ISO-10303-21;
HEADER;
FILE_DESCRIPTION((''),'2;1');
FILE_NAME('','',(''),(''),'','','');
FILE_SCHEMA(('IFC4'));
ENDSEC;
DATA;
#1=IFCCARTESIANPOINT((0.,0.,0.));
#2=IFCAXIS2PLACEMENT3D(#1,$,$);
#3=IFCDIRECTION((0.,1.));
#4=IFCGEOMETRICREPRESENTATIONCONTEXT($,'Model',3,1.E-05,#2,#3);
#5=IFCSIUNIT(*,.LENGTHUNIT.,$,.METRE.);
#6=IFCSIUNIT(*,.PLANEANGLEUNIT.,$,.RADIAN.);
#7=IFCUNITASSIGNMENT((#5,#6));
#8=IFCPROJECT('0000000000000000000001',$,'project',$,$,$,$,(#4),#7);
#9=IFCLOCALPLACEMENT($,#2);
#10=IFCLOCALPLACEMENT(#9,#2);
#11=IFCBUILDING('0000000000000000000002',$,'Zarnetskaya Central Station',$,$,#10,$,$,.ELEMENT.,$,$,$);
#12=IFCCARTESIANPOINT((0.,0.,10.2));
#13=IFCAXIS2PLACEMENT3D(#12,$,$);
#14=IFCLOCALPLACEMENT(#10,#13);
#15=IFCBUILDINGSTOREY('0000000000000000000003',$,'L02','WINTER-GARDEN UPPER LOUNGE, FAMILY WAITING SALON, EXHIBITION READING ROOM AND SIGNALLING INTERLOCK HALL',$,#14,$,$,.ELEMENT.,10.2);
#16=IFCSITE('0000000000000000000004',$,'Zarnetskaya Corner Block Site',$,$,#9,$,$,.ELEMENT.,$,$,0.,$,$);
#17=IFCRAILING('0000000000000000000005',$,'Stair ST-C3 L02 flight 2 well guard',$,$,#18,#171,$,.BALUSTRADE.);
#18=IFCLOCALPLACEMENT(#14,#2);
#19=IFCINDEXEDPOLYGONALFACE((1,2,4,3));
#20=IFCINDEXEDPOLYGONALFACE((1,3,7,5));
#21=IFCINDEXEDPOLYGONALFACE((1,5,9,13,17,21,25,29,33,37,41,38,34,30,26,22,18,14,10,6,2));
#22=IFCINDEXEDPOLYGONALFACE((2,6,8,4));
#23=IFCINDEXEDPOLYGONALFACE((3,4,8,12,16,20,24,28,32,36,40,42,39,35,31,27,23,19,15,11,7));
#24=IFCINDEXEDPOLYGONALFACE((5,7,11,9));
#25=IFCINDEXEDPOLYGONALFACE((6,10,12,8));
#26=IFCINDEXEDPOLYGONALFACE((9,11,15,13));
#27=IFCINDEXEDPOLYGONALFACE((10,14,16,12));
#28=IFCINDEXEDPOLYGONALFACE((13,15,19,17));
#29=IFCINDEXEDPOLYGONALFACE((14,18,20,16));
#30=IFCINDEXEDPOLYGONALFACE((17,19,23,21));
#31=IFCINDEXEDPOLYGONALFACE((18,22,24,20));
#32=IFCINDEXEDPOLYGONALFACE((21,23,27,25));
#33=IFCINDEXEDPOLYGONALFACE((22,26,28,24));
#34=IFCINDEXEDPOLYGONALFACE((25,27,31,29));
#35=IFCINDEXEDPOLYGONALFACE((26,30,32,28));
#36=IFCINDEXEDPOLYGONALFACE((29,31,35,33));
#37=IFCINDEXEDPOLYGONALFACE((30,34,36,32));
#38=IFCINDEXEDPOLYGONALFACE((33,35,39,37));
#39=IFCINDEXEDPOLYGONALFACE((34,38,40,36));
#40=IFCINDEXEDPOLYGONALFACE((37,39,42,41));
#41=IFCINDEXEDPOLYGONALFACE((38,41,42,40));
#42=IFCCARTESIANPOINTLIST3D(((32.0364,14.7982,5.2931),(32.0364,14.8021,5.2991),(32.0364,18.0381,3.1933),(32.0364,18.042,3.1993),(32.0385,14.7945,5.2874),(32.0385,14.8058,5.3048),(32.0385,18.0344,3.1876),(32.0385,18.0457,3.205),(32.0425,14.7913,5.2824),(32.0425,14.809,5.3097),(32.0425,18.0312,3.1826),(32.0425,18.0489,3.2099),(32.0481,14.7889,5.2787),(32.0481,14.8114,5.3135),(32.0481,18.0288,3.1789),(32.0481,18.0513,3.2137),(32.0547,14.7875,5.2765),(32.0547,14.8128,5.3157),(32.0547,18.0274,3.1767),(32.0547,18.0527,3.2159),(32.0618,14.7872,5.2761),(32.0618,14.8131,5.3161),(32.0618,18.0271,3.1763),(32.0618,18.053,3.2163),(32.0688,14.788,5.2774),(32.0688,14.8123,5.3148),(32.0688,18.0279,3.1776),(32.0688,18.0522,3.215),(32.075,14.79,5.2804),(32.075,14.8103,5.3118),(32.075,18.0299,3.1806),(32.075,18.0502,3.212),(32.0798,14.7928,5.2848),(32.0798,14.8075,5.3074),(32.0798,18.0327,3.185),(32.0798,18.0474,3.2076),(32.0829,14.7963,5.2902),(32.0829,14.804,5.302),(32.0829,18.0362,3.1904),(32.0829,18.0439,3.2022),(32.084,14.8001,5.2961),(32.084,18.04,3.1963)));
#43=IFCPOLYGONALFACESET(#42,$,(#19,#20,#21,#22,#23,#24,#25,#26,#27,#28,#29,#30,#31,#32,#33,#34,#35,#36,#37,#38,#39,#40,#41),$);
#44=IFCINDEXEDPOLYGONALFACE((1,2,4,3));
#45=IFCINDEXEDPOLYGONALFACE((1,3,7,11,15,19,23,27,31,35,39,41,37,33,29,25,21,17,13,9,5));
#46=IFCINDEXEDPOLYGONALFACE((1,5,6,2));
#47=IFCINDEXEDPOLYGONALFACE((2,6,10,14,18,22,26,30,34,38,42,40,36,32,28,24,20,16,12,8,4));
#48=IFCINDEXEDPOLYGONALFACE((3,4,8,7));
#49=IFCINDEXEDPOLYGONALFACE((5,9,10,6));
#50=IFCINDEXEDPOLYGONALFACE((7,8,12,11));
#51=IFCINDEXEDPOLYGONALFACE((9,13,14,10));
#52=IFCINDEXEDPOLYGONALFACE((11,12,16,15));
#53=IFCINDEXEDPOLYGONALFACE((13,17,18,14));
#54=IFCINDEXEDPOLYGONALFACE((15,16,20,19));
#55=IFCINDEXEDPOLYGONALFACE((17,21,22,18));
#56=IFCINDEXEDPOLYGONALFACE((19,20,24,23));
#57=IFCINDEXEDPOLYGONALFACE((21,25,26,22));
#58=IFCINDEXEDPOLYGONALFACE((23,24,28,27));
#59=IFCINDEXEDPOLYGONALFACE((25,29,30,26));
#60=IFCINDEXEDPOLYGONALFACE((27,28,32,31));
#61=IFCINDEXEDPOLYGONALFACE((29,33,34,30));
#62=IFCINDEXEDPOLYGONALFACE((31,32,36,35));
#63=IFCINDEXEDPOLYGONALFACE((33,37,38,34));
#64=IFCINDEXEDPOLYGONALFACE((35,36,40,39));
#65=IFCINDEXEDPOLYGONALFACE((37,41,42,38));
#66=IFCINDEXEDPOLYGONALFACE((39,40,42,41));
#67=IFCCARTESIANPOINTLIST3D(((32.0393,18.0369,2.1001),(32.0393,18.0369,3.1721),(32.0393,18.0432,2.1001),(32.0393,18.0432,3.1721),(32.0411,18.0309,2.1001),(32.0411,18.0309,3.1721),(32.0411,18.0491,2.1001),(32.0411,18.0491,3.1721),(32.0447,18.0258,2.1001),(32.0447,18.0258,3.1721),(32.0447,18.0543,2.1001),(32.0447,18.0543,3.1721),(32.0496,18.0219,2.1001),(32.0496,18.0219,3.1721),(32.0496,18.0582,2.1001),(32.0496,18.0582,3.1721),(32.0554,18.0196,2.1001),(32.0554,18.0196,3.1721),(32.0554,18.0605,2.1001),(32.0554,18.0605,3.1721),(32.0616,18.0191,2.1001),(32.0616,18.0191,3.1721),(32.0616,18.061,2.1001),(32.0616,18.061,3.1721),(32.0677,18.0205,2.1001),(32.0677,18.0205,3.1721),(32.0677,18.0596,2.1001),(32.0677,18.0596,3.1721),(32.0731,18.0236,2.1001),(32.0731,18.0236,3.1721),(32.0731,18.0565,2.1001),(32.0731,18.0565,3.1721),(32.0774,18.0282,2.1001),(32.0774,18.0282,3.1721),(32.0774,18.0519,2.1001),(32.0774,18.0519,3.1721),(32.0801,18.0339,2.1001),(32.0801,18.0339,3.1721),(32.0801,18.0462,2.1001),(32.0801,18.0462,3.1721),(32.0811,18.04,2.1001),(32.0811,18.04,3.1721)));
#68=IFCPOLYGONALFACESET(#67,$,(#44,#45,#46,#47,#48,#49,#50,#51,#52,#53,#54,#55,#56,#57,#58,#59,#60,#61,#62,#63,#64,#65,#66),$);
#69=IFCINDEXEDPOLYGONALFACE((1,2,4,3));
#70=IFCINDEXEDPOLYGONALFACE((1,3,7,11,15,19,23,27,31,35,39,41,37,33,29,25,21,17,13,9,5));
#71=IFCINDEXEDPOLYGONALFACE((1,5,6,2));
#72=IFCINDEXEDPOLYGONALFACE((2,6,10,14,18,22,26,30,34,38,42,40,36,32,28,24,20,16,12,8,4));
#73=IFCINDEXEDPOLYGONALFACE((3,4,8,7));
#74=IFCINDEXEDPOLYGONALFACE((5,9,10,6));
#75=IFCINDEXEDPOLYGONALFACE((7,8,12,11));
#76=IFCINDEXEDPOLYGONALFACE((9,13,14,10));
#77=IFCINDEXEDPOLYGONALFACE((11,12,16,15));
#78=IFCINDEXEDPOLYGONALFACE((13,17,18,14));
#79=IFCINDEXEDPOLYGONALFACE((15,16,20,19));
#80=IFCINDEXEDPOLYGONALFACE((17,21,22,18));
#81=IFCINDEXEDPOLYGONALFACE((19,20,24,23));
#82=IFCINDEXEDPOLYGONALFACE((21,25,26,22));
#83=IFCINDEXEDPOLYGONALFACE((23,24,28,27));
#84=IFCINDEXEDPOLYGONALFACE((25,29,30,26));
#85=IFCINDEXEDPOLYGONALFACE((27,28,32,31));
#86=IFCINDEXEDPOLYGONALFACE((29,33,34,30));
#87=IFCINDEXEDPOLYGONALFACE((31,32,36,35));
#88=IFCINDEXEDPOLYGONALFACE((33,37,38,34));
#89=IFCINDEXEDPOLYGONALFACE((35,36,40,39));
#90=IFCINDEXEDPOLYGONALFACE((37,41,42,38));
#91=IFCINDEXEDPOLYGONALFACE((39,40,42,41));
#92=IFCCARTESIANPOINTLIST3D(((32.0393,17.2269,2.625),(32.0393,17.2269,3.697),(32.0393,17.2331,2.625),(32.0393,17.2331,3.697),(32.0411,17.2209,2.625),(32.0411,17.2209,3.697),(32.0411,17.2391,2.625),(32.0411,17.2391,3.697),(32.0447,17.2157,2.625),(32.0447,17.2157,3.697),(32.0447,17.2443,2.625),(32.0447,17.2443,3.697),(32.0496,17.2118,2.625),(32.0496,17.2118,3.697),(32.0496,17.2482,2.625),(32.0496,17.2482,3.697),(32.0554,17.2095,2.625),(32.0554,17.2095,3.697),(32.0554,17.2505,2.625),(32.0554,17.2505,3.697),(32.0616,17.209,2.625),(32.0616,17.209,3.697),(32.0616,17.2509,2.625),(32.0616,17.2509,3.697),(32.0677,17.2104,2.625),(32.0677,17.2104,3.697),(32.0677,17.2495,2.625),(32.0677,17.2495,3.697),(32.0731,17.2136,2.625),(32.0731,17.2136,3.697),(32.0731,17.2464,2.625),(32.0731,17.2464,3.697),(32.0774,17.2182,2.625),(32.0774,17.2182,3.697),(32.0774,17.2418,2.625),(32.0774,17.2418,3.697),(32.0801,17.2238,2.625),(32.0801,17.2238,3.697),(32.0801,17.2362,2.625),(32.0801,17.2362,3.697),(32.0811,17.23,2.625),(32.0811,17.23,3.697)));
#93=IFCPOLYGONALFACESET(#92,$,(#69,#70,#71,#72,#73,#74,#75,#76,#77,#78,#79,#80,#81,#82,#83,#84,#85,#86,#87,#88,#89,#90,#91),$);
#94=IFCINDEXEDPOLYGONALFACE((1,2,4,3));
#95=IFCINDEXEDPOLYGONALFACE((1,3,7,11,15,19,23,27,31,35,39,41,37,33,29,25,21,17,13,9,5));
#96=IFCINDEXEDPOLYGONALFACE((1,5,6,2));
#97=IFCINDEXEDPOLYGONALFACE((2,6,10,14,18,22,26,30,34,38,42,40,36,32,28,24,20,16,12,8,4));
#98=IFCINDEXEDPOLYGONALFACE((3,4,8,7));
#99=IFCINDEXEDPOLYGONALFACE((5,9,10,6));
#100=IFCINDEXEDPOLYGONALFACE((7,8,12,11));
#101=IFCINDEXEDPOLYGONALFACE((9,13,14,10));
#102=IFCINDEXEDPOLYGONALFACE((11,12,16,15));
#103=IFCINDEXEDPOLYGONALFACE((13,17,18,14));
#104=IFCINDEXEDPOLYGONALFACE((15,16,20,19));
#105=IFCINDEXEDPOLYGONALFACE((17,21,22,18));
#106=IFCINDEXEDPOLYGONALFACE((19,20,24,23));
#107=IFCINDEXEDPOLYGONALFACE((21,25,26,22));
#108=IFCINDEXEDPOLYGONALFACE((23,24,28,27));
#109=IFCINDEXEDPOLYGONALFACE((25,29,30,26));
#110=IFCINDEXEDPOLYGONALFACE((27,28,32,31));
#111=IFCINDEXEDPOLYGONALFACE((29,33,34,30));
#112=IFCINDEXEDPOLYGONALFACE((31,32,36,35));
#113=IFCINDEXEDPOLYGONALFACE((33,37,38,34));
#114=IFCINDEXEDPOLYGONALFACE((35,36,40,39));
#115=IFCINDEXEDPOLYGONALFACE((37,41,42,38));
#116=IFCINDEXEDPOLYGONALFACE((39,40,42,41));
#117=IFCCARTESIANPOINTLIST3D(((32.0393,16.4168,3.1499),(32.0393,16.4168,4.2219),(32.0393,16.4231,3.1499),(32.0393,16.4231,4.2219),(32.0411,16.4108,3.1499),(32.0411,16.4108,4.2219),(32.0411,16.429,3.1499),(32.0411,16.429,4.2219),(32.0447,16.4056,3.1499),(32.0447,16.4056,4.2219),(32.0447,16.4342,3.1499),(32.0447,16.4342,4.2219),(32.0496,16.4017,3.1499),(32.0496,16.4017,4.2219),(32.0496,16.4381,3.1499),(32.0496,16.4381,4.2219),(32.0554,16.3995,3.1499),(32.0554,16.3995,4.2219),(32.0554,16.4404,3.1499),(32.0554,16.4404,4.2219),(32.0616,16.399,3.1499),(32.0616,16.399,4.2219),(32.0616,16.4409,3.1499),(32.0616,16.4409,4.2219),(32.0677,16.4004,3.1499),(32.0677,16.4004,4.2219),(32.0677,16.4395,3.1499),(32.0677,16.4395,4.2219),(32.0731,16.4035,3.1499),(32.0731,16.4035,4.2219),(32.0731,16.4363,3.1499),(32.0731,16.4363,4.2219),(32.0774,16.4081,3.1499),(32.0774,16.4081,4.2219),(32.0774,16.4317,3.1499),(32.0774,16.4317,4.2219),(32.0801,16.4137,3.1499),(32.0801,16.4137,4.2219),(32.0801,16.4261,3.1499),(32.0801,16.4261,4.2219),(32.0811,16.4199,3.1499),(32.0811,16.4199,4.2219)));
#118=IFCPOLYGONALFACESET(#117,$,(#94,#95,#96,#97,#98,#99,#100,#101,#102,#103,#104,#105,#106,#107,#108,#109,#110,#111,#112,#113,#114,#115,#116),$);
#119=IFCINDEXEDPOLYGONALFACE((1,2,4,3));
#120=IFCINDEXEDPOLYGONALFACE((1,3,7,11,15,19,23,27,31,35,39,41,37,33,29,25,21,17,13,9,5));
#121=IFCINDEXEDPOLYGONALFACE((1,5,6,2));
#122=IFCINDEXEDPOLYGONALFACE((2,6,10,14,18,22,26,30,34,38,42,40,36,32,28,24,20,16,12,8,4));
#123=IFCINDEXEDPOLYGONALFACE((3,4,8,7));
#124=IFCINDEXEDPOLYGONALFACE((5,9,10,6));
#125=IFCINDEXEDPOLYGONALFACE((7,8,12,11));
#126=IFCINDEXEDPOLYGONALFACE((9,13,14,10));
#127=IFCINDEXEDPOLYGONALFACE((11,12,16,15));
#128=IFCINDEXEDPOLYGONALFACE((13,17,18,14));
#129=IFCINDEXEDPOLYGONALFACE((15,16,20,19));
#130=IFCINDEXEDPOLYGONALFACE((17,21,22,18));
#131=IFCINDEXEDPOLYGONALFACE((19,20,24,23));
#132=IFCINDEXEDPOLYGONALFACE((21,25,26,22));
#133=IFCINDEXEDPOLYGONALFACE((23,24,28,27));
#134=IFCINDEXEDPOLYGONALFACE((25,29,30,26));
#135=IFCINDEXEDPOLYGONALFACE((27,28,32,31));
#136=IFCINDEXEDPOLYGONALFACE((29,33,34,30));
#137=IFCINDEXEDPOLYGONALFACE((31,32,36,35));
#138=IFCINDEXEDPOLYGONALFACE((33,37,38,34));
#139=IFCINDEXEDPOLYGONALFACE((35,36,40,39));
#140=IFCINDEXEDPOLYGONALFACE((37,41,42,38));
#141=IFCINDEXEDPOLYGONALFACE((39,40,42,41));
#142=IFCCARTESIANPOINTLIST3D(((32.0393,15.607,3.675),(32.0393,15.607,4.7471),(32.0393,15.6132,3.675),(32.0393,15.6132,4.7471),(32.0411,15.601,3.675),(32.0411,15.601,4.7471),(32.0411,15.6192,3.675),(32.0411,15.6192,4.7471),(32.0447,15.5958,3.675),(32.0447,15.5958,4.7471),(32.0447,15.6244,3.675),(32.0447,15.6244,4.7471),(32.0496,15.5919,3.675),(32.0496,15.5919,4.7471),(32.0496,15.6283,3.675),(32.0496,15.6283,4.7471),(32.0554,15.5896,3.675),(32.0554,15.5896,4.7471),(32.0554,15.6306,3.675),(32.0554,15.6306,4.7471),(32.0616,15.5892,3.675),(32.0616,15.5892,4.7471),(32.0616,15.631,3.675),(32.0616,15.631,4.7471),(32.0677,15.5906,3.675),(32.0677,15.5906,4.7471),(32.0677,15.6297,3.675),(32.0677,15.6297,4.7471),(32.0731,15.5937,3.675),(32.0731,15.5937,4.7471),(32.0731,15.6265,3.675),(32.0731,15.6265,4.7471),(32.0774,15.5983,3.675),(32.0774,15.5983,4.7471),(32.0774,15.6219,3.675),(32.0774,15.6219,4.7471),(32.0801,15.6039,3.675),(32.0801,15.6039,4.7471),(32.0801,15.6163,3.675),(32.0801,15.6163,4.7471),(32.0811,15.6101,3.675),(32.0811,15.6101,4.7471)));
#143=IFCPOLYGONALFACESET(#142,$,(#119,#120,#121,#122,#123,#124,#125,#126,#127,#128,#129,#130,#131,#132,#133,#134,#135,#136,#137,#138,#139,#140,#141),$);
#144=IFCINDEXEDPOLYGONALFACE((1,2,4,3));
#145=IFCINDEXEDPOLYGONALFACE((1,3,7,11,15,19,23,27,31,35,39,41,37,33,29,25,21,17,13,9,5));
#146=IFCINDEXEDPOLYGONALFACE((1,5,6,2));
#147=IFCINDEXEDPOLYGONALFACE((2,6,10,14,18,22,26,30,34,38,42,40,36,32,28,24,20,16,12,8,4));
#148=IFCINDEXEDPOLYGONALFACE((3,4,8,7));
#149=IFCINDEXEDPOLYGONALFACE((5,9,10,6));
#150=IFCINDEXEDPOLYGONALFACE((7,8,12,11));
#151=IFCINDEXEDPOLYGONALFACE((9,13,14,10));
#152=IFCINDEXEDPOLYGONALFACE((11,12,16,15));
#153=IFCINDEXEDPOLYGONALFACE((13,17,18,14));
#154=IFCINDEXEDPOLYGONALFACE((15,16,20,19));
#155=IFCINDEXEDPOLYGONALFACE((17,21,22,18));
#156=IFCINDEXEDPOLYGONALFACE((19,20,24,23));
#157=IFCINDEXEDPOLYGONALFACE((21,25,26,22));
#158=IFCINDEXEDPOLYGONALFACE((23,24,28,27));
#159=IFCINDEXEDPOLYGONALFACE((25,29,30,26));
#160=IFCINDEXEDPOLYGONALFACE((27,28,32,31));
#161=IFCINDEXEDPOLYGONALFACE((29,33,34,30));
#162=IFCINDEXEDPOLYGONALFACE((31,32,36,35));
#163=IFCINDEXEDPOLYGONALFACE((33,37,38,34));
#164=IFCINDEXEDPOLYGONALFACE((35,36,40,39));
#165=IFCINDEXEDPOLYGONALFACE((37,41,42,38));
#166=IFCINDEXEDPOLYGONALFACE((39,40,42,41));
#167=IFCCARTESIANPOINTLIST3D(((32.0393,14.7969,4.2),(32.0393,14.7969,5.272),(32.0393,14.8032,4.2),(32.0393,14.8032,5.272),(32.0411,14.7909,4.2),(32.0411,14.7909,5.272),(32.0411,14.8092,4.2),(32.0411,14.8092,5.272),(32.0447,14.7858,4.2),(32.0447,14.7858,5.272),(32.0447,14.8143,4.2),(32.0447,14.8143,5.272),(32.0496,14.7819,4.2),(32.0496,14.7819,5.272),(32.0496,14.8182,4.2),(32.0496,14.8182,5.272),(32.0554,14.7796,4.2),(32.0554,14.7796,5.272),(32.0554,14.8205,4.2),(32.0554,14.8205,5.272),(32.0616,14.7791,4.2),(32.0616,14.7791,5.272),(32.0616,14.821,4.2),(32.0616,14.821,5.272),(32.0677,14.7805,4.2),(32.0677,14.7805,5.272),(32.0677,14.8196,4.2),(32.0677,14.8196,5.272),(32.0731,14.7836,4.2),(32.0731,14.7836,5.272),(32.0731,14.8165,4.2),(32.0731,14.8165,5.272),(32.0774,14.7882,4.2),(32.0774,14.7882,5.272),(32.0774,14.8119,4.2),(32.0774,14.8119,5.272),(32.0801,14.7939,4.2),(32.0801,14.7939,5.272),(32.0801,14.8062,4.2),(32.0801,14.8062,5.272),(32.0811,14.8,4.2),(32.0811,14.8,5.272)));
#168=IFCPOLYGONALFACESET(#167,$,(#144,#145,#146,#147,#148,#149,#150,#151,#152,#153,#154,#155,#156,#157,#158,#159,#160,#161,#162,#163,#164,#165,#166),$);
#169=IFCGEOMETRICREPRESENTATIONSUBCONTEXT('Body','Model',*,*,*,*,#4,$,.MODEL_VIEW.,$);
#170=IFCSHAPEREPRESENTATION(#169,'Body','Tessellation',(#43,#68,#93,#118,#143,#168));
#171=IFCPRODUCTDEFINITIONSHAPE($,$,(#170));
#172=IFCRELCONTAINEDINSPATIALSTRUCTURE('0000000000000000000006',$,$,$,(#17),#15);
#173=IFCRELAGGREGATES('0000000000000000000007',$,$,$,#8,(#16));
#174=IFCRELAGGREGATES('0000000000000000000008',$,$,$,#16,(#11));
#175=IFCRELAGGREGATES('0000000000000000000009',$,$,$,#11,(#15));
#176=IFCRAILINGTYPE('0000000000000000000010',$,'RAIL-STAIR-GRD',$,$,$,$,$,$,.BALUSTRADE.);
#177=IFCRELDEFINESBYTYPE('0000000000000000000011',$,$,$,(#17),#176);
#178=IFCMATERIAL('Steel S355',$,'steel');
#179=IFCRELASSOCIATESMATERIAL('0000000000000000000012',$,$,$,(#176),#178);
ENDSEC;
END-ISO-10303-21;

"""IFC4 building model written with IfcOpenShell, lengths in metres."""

from ifc_helpers import new_model, si_unit, direction, frame, origin, origin_2d, place, context, subcontext, project, spatial, circle, extrude, material, type_object, element, save


model = new_model("IFC4")

# Units and contexts
model_context = context("Model", 3, precision=1e-05, world=origin(), true_north=direction((0.0, 1.0)))
body_context = subcontext(model_context, "Body", "Model", "MODEL_VIEW")
ifc_project = project(units=[si_unit("LENGTHUNIT", "METRE"), si_unit("PLANEANGLEUNIT", "RADIAN")], contexts=[model_context])

# Site, building, storey
site_placement = place(None, origin())
site = spatial("IfcSite", under=ifc_project, at=site_placement, Name="Zarnetskaya Corner Block Site", CompositionType="ELEMENT", RefElevation=0.0)
building_placement = place(site_placement, origin())
building = spatial("IfcBuilding", under=site, at=building_placement, Name="Zarnetskaya Central Station", CompositionType="ELEMENT")
storey_placement = place(building_placement, frame((0.0, 0.0, 10.2)))
storey = spatial("IfcBuildingStorey", under=building, at=storey_placement, Name="L02", Description="WINTER-GARDEN UPPER LOUNGE, FAMILY WAITING SALON, EXHIBITION READING ROOM AND SIGNALLING INTERLOCK HALL", CompositionType="ELEMENT", Elevation=10.2)

# Shared definitions
ifc_material_1 = material(Name="Steel S355", Category="steel")

# Railing
railing_type = type_object("IfcRailingType", Name="RAIL-STAIR-GRD", PredefinedType="BALUSTRADE", material=ifc_material_1)
railing_1_placement = place(storey_placement, frame((32.0601, 18.04, 2.1001)))
element("IfcRailing", 1, at=railing_1_placement, inside=storey, type_object=railing_type, Name="Stair ST-C3 L02 flight 2 well guard", PredefinedType="BALUSTRADE", context=body_context, shape_type="SweptSolid", body=[
    extrude(circle(Radius=0.0239, at=origin_2d()), frame((0.0, 0.0, 1.0962), z_axis=(0.0, -0.83917, 0.54387), x_axis=(1.0, 0.0, 0.0)), (0.0, 0.0, 1.0), 3.8608),
    extrude(circle(Radius=0.021, at=origin_2d()), origin(), (0.0, 0.0, 1.0), 1.072),
    extrude(circle(Radius=0.021, at=origin_2d()), frame((0.0, -0.8101, 0.5249)), (0.0, 0.0, 1.0), 1.072),
    extrude(circle(Radius=0.021, at=origin_2d()), frame((0.0, -1.6201, 1.0498)), (0.0, 0.0, 1.0), 1.072),
    extrude(circle(Radius=0.021, at=origin_2d()), frame((0.0, -2.4299, 1.575)), (0.0, 0.0, 1.0), 1.072),
    extrude(circle(Radius=0.021, at=origin_2d()), frame((0.0, -3.24, 2.0999)), (0.0, 0.0, 1.0), 1.072),
])

save(model, "model.ifc")
